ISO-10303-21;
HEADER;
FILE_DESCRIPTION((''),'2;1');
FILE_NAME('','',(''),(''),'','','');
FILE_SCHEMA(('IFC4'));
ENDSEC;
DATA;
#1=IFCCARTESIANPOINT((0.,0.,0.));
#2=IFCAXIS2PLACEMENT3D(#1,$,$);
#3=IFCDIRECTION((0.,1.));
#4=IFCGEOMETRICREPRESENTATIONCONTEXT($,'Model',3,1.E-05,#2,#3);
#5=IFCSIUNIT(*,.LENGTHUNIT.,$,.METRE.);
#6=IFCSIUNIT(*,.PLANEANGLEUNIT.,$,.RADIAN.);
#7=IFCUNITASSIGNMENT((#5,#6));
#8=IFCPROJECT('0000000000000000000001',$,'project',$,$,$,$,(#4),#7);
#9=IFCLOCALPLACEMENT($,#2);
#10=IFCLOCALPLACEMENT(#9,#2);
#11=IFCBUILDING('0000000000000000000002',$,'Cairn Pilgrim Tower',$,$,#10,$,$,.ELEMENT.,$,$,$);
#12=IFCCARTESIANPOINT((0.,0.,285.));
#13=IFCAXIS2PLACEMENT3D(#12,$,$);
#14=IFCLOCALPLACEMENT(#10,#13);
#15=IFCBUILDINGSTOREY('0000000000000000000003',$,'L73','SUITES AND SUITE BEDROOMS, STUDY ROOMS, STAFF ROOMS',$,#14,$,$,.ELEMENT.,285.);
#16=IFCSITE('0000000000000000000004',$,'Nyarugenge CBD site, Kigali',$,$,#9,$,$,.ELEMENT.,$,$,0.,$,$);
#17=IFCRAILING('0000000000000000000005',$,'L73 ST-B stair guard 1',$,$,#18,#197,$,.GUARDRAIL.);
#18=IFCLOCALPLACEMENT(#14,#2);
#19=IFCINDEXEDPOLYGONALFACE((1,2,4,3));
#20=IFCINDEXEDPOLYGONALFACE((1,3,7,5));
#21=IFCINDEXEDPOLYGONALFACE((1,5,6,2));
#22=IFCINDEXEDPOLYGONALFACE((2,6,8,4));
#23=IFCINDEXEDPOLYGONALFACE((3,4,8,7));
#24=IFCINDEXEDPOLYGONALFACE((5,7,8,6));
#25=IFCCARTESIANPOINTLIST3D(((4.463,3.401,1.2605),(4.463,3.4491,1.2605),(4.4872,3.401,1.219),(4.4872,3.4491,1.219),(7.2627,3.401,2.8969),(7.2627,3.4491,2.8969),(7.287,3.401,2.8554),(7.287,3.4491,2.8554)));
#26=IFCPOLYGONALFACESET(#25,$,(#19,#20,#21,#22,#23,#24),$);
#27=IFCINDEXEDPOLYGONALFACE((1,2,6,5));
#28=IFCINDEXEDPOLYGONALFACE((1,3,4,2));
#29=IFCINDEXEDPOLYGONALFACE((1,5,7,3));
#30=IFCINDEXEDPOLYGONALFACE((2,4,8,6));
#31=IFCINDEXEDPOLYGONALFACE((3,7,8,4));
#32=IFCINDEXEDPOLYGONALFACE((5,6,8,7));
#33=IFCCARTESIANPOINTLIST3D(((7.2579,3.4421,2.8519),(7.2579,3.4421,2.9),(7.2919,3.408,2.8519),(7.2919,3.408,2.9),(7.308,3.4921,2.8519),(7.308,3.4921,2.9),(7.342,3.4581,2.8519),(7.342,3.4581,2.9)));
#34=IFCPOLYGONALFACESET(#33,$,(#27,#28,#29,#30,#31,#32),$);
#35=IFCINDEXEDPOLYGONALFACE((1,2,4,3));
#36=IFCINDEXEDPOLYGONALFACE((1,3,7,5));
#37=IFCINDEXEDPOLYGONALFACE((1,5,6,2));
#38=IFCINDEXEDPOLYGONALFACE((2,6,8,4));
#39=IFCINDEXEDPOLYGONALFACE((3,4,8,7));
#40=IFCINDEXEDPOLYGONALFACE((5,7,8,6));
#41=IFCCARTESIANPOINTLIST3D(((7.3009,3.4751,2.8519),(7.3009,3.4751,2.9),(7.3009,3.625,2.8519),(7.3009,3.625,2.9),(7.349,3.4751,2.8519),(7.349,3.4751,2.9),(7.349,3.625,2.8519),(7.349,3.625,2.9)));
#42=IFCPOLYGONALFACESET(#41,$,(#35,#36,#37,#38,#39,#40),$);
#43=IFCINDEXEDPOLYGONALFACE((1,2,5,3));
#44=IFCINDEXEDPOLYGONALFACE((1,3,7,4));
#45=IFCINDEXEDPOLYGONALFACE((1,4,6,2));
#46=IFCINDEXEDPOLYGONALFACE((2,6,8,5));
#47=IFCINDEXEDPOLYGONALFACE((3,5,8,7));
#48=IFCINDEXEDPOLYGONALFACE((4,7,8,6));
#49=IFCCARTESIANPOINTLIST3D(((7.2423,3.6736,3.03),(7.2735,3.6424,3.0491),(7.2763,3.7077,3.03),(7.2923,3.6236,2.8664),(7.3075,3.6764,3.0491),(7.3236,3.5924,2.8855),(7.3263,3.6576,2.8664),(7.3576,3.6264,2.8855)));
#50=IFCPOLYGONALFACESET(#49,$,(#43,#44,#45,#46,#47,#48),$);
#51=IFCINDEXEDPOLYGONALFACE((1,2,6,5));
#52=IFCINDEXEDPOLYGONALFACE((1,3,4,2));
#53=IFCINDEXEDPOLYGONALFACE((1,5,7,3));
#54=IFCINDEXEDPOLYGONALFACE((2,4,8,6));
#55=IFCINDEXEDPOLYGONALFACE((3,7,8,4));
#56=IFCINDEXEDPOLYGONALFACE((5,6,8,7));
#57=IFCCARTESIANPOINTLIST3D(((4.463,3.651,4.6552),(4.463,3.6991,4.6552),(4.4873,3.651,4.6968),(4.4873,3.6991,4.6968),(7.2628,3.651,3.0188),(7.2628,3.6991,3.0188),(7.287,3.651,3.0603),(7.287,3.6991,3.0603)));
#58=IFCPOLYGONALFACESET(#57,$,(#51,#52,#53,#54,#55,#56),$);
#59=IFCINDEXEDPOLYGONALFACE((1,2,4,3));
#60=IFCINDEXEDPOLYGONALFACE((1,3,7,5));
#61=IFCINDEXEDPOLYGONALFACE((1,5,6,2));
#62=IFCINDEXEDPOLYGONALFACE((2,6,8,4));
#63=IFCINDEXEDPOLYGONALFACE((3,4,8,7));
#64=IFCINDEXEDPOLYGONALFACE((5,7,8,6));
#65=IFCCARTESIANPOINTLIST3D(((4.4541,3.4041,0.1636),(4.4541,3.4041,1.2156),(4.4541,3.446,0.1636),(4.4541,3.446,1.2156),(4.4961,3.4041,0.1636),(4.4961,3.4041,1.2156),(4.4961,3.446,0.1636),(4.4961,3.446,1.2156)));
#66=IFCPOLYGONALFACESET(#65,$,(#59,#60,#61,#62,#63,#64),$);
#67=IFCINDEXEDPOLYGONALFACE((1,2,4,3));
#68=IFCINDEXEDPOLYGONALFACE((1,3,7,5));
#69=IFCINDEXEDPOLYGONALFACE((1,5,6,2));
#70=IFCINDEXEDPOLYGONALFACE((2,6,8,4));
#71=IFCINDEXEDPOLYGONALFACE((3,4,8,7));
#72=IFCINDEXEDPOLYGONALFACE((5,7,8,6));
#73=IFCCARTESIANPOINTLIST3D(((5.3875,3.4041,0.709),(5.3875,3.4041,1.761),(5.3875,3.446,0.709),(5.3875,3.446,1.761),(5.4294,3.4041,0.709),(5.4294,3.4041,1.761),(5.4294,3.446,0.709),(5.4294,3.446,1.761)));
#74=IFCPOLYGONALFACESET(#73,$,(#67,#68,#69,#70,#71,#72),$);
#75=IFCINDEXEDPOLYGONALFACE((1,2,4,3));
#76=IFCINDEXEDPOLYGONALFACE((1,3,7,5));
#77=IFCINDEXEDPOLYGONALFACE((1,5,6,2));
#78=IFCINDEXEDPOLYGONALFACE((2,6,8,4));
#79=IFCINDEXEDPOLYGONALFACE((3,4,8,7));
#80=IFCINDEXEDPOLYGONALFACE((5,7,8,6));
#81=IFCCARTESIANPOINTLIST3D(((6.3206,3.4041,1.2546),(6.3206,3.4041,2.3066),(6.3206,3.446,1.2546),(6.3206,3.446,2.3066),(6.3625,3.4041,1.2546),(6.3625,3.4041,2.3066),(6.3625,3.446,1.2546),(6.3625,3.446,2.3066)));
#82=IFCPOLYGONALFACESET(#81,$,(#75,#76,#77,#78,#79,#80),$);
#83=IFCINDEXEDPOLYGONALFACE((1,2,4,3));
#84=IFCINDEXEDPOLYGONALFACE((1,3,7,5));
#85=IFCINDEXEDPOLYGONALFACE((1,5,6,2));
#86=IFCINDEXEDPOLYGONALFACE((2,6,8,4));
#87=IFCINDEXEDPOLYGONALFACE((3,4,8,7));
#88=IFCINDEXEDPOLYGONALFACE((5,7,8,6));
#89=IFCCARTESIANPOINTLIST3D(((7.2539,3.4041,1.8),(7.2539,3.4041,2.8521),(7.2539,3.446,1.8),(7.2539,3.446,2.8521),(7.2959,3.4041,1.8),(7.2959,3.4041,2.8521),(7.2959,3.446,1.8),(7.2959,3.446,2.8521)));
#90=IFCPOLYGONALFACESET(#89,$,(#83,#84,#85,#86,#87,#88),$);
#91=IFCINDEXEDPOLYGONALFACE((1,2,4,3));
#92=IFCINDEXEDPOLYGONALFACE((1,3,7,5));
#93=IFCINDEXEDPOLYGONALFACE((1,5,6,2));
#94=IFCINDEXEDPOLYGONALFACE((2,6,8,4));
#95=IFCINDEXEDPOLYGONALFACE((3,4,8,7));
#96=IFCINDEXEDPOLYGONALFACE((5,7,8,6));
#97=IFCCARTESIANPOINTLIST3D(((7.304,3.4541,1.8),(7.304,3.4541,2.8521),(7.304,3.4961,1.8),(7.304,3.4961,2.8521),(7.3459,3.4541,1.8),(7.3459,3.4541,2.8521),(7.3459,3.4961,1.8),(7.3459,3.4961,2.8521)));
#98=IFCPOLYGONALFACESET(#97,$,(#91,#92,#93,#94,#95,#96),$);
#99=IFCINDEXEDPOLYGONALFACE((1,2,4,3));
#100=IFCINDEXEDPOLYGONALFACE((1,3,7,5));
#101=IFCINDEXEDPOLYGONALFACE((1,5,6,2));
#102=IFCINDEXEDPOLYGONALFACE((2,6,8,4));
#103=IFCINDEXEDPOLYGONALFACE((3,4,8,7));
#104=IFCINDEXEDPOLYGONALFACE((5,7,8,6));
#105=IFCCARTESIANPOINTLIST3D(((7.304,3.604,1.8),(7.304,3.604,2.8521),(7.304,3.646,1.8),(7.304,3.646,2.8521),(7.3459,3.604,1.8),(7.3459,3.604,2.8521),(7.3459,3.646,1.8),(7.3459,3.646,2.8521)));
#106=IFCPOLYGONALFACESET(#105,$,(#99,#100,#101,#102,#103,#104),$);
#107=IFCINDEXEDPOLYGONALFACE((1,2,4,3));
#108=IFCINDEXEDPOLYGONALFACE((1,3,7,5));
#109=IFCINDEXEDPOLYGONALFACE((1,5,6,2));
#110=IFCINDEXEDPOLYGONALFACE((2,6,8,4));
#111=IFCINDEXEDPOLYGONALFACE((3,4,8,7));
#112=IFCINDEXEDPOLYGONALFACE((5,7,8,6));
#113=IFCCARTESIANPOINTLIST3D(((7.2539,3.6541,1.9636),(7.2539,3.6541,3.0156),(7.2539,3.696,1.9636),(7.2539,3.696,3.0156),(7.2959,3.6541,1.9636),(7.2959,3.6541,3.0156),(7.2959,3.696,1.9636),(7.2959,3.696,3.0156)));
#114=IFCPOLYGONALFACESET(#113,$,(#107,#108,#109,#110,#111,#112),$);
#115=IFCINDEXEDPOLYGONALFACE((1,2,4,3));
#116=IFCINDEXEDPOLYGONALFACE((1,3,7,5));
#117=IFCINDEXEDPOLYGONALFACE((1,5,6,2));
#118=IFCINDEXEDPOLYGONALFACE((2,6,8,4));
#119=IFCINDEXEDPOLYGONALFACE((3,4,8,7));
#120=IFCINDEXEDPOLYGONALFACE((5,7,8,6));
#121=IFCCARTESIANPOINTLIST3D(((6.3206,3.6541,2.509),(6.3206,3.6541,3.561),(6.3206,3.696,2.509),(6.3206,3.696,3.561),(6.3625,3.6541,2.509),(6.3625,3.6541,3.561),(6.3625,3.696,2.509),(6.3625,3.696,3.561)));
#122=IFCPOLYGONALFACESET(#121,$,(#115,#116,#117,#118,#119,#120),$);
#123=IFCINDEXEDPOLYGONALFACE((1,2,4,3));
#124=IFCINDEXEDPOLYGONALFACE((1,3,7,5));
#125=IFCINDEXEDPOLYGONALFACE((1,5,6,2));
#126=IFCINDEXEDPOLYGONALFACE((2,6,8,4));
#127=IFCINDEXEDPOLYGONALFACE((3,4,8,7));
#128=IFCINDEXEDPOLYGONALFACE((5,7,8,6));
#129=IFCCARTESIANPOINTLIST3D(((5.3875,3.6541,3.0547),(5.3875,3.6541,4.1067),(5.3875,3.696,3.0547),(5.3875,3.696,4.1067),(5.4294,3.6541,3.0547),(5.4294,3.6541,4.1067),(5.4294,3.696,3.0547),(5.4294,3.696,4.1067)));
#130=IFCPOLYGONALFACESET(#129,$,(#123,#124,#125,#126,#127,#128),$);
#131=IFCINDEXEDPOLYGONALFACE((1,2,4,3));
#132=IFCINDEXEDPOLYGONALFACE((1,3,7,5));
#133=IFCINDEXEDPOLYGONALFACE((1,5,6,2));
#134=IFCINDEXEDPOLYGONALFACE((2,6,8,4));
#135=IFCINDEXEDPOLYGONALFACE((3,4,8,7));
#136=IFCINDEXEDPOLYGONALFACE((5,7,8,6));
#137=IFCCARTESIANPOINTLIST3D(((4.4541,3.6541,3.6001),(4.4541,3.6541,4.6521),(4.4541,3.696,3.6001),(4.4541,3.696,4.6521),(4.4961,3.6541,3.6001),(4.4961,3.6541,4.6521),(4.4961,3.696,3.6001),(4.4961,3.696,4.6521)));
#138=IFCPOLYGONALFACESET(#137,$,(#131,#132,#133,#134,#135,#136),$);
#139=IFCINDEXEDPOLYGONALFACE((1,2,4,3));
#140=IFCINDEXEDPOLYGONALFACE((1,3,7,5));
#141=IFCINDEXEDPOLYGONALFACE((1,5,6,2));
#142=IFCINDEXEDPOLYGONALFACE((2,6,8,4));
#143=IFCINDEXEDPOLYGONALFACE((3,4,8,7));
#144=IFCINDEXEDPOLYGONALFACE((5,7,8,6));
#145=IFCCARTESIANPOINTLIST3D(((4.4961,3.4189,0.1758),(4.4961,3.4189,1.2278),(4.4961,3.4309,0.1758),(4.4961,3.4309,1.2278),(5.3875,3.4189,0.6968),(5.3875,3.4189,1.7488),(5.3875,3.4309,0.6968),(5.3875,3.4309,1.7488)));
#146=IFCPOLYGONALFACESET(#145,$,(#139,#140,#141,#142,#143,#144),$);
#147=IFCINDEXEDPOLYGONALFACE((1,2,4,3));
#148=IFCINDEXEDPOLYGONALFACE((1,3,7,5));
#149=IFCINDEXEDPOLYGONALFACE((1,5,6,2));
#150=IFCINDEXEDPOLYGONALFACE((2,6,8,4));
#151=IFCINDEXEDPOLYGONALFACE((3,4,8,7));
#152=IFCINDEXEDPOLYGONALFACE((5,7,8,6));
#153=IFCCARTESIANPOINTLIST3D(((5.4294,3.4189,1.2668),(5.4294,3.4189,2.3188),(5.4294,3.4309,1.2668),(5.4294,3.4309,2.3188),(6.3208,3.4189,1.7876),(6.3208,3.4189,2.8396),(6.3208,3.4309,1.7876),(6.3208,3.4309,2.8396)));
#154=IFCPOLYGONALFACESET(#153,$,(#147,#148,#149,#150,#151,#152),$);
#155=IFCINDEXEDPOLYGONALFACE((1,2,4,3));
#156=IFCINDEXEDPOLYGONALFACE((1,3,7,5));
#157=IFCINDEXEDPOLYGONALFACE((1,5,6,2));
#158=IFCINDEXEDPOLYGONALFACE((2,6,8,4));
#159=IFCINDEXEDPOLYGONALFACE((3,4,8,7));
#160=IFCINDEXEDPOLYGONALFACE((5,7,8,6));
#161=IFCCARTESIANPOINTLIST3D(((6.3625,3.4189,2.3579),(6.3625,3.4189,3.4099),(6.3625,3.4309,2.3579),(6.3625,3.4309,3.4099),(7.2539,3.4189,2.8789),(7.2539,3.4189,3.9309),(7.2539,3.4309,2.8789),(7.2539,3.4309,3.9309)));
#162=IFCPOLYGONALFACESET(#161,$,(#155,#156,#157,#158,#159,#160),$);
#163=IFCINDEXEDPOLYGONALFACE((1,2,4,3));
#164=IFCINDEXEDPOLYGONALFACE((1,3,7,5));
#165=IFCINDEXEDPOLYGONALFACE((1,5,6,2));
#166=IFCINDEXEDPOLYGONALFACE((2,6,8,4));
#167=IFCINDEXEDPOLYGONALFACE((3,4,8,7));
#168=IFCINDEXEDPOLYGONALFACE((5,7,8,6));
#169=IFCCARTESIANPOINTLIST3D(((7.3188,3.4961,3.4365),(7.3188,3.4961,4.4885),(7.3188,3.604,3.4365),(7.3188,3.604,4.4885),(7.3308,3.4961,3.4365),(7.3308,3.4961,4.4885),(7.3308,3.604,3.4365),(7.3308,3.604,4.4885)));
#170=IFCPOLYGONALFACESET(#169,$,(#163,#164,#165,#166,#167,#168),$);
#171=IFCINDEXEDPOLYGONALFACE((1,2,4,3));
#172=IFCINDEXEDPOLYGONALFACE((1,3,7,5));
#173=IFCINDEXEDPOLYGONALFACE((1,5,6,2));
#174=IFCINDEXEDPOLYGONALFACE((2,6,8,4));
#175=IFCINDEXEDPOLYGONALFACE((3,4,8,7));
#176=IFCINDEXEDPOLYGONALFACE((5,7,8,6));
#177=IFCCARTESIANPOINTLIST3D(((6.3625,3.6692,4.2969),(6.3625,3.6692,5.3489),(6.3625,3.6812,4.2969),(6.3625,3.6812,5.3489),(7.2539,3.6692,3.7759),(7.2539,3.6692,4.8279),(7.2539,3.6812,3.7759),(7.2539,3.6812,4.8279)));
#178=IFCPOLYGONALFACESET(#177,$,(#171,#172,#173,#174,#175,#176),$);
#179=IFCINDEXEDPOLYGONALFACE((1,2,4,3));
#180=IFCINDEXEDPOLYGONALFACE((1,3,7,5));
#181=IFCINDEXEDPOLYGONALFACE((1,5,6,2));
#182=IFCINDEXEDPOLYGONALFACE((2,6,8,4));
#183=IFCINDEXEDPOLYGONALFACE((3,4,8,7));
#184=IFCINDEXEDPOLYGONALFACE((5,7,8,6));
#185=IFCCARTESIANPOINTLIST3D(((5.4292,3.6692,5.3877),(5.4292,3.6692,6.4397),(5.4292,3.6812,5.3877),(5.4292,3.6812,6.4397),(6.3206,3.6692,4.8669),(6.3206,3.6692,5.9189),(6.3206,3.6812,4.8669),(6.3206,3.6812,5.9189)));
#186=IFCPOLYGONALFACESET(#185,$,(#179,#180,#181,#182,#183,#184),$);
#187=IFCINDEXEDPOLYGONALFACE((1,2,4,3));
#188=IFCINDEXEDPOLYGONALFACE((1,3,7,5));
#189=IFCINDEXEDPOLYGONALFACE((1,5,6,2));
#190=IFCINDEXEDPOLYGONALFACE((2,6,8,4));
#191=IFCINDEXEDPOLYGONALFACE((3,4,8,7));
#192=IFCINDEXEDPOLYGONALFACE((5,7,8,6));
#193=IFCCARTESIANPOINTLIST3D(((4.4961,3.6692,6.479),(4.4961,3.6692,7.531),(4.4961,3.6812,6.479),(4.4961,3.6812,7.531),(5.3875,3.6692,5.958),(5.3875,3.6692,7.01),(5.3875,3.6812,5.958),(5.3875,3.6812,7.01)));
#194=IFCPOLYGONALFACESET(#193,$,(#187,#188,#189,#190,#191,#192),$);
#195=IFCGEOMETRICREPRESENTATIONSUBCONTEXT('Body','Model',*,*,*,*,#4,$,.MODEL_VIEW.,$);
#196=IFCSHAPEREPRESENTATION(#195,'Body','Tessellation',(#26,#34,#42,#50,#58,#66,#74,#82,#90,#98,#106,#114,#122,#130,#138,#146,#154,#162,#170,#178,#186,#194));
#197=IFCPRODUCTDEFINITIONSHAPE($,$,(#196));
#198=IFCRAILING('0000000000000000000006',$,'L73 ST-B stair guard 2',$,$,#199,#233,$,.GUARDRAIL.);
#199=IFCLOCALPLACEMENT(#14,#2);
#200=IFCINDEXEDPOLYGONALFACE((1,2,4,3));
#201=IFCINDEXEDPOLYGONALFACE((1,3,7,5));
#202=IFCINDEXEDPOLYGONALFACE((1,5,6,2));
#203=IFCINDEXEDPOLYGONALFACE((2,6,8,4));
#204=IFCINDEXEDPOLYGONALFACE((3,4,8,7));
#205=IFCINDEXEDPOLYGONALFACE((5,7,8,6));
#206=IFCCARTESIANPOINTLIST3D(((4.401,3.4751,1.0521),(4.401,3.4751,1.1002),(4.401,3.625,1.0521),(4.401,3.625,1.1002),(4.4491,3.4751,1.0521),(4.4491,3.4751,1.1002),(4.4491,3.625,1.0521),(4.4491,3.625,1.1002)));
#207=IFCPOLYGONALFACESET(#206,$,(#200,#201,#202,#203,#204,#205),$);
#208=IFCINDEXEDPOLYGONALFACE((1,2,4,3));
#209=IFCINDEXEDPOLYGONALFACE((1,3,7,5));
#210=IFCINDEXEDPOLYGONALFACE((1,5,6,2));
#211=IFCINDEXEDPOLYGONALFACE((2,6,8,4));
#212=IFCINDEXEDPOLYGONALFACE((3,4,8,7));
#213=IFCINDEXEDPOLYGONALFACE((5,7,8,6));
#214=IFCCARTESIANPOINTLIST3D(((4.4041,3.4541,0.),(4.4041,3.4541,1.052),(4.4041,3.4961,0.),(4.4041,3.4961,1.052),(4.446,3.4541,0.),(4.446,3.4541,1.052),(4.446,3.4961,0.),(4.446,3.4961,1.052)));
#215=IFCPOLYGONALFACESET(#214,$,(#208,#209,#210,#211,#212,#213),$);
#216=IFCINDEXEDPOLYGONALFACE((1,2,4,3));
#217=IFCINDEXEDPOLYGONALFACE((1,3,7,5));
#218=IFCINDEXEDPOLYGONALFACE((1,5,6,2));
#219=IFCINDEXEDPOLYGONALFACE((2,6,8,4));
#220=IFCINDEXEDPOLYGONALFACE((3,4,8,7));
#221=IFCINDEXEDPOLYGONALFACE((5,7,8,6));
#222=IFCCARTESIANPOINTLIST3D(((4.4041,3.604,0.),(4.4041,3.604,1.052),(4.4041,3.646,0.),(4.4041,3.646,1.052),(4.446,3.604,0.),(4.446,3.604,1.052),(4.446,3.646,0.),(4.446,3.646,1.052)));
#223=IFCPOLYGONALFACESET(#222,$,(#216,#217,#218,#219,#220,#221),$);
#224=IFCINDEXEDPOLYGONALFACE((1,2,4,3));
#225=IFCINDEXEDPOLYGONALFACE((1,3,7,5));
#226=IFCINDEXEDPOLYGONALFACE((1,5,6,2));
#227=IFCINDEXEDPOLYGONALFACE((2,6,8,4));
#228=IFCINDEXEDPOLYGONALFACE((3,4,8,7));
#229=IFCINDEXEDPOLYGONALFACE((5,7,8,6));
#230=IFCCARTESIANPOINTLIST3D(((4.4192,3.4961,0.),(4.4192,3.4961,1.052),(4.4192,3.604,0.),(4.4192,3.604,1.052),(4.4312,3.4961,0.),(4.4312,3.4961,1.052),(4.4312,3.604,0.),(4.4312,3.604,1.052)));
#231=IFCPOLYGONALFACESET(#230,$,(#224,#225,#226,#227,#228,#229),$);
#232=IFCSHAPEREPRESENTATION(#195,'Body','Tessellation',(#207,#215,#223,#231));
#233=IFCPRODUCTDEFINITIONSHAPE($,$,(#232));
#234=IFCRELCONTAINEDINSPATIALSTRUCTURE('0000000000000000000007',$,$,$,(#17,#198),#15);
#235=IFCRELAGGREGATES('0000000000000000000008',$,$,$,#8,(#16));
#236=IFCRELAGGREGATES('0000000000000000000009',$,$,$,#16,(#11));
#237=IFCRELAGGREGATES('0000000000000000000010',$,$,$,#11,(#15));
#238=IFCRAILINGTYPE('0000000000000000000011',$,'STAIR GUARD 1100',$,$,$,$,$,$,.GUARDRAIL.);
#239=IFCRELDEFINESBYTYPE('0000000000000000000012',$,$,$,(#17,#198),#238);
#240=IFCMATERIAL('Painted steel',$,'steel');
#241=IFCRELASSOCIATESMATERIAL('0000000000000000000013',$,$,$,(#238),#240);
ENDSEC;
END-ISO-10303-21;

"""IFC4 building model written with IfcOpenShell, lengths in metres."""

from ifc_helpers import new_model, si_unit, direction, frame, origin, origin_2d, place, context, subcontext, project, spatial, polyline, rectangle, outline, extrude, material, type_object, element, save


model = new_model("IFC4")

# Units and contexts
model_context = context("Model", 3, precision=1e-05, world=origin(), true_north=direction((0.0, 1.0)))
body_context = subcontext(model_context, "Body", "Model", "MODEL_VIEW")
ifc_project = project(units=[si_unit("LENGTHUNIT", "METRE"), si_unit("PLANEANGLEUNIT", "RADIAN")], contexts=[model_context])

# Site, building, storey
site_placement = place(None, origin())
site = spatial("IfcSite", under=ifc_project, at=site_placement, Name="Nyarugenge CBD site, Kigali", CompositionType="ELEMENT", RefElevation=0.0)
building_placement = place(site_placement, origin())
building = spatial("IfcBuilding", under=site, at=building_placement, Name="Cairn Pilgrim Tower", CompositionType="ELEMENT")
storey_placement = place(building_placement, frame((0.0, 0.0, 285.0)))
storey = spatial("IfcBuildingStorey", under=building, at=storey_placement, Name="L73", Description="SUITES AND SUITE BEDROOMS, STUDY ROOMS, STAFF ROOMS", CompositionType="ELEMENT", Elevation=285.0)

# Shared definitions
ifc_material_1 = material(Name="Painted steel", Category="steel")

# Railings
railing_type_1 = type_object("IfcRailingType", Name="STAIR GUARD 1100", PredefinedType="GUARDRAIL", material=ifc_material_1)
railing_1_placement = place(storey_placement, frame((4.4751, 3.425, 0.1636)))
element("IfcRailing", 1, at=railing_1_placement, inside=storey, type_object=railing_type_1, Name="L73 ST-B stair guard 1", PredefinedType="GUARDRAIL", context=body_context, shape_type="SweptSolid", body=[
    extrude(rectangle(XDim=0.0481, YDim=0.0481, at=origin_2d()), frame((0.0, 0.0, 1.0762), z_axis=(0.863342, 0.0, 0.50462), x_axis=(0.0, 1.0, 0.0)), (0.0, 0.0, 1.0), 3.2429),
    extrude(rectangle(XDim=0.0481, YDim=0.0481, at=origin_2d()), frame((2.7998, 0.0, 2.7124), z_axis=(0.707107, 0.707107, 0.0), x_axis=(-0.707107, 0.707107, 0.0)), (0.0, 0.0, 1.0), 0.0708),
    extrude(rectangle(XDim=0.0481, YDim=0.0481, at=origin_2d()), frame((2.8499, 0.05, 2.7124), z_axis=(0.0, 1.0, 0.0), x_axis=(-1.0, 0.0, 0.0)), (0.0, 0.0, 1.0), 0.1499),
    extrude(rectangle(XDim=0.0481, YDim=0.0481, at=origin_2d()), frame((2.8499, 0.2, 2.7124), z_axis=(-0.280809, 0.280809, 0.917765), x_axis=(-0.707107, -0.707107, 0.0)), (0.0, 0.0, 1.0), 0.1782),
    extrude(rectangle(XDim=0.0481, YDim=0.0481, at=origin_2d()), frame((2.7998, 0.25, 2.876), z_axis=(-0.863342, 0.0, 0.50462), x_axis=(0.0, -1.0, 0.0)), (0.0, 0.0, 1.0), 3.2429),
    extrude(rectangle(XDim=0.042, YDim=0.042, at=origin_2d()), origin(), (0.0, 0.0, 1.0), 1.052),
    extrude(rectangle(XDim=0.042, YDim=0.042, at=origin_2d()), frame((0.9333, 0.0, 0.5454)), (0.0, 0.0, 1.0), 1.052),
    extrude(rectangle(XDim=0.042, YDim=0.042, at=origin_2d()), frame((1.8665, 0.0, 1.0911)), (0.0, 0.0, 1.0), 1.052),
    extrude(rectangle(XDim=0.042, YDim=0.042, at=origin_2d()), frame((2.7998, 0.0, 1.6365)), (0.0, 0.0, 1.0), 1.052),
    extrude(rectangle(XDim=0.042, YDim=0.042, at=origin_2d()), frame((2.8499, 0.05, 1.6365)), (0.0, 0.0, 1.0), 1.052),
    extrude(rectangle(XDim=0.042, YDim=0.042, at=origin_2d()), frame((2.8499, 0.2, 1.6365)), (0.0, 0.0, 1.0), 1.052),
    extrude(rectangle(XDim=0.042, YDim=0.042, at=origin_2d()), frame((2.7998, 0.25, 1.8)), (0.0, 0.0, 1.0), 1.052),
    extrude(rectangle(XDim=0.042, YDim=0.042, at=origin_2d()), frame((1.8665, 0.25, 2.3455)), (0.0, 0.0, 1.0), 1.052),
    extrude(rectangle(XDim=0.042, YDim=0.042, at=origin_2d()), frame((0.9333, 0.25, 2.8911)), (0.0, 0.0, 1.0), 1.052),
    extrude(rectangle(XDim=0.042, YDim=0.042, at=origin_2d()), frame((0.0, 0.25, 3.4365)), (0.0, 0.0, 1.0), 1.052),
    extrude(outline(polyline([(0.021, 0.0122), (0.9124, 0.5332), (0.9124, 1.5852), (0.021, 1.0642), (0.021, 0.0122)])), frame((0.0, 0.0059, 0.0), z_axis=(0.0, -1.0, 0.0), x_axis=(1.0, 0.0, 0.0)), (0.0, 0.0, 1.0), 0.012),
    extrude(outline(polyline([(0.021, 0.5579), (0.9124, 1.0786), (0.9124, 2.1306), (0.021, 1.6099), (0.021, 0.5579)])), frame((0.9333, 0.0059, 0.5454), z_axis=(0.0, -1.0, 0.0), x_axis=(1.0, 0.0, 0.0)), (0.0, 0.0, 1.0), 0.012),
    extrude(outline(polyline([(0.021, 1.1033), (0.9124, 1.6243), (0.9124, 2.6763), (0.021, 2.1553), (0.021, 1.1033)])), frame((1.8665, 0.0059, 1.0911), z_axis=(0.0, -1.0, 0.0), x_axis=(1.0, 0.0, 0.0)), (0.0, 0.0, 1.0), 0.012),
    extrude(outline(polyline([(0.021, 1.6365), (0.1289, 1.6365), (0.1289, 2.6885), (0.021, 2.6885), (0.021, 1.6365)])), frame((2.8438, 0.05, 1.6365), z_axis=(1.0, 0.0, 0.0), x_axis=(0.0, 1.0, 0.0)), (0.0, 0.0, 1.0), 0.012),
    extrude(outline(polyline([(0.021, 1.8123), (0.9124, 2.3333), (0.9124, 3.3853), (0.021, 2.8643), (0.021, 1.8123)])), frame((2.7998, 0.2441, 1.8), z_axis=(0.0, 1.0, 0.0), x_axis=(-1.0, 0.0, 0.0)), (0.0, 0.0, 1.0), 0.012),
    extrude(outline(polyline([(0.021, 2.3579), (0.9124, 2.8787), (0.9124, 3.9307), (0.021, 3.4099), (0.021, 2.3579)])), frame((1.8665, 0.2441, 2.3455), z_axis=(0.0, 1.0, 0.0), x_axis=(-1.0, 0.0, 0.0)), (0.0, 0.0, 1.0), 0.012),
    extrude(outline(polyline([(0.021, 2.9033), (0.9124, 3.4243), (0.9124, 4.4763), (0.021, 3.9553), (0.021, 2.9033)])), frame((0.9333, 0.2441, 2.8911), z_axis=(0.0, 1.0, 0.0), x_axis=(-1.0, 0.0, 0.0)), (0.0, 0.0, 1.0), 0.012),
])
railing_2_placement = place(storey_placement, frame((4.425, 3.4751, 0.0)))
element("IfcRailing", 2, at=railing_2_placement, inside=storey, type_object=railing_type_1, Name="L73 ST-B stair guard 2", PredefinedType="GUARDRAIL", context=body_context, shape_type="SweptSolid", body=[
    extrude(rectangle(XDim=0.0481, YDim=0.0481, at=origin_2d()), frame((0.0, 0.0, 1.0762), z_axis=(0.0, 1.0, 0.0), x_axis=(-1.0, 0.0, 0.0)), (0.0, 0.0, 1.0), 0.1499),
    extrude(rectangle(XDim=0.042, YDim=0.042, at=origin_2d()), origin(), (0.0, 0.0, 1.0), 1.052),
    extrude(rectangle(XDim=0.042, YDim=0.042, at=origin_2d()), frame((0.0, 0.1499, 0.0)), (0.0, 0.0, 1.0), 1.052),
    extrude(outline(polyline([(0.021, 0.0), (0.1289, 0.0), (0.1289, 1.052), (0.021, 1.052), (0.021, 0.0)])), frame((-0.0059, 0.0, 0.0), z_axis=(1.0, 0.0, 0.0), x_axis=(0.0, 1.0, 0.0)), (0.0, 0.0, 1.0), 0.012),
])

save(model, "model.ifc")
